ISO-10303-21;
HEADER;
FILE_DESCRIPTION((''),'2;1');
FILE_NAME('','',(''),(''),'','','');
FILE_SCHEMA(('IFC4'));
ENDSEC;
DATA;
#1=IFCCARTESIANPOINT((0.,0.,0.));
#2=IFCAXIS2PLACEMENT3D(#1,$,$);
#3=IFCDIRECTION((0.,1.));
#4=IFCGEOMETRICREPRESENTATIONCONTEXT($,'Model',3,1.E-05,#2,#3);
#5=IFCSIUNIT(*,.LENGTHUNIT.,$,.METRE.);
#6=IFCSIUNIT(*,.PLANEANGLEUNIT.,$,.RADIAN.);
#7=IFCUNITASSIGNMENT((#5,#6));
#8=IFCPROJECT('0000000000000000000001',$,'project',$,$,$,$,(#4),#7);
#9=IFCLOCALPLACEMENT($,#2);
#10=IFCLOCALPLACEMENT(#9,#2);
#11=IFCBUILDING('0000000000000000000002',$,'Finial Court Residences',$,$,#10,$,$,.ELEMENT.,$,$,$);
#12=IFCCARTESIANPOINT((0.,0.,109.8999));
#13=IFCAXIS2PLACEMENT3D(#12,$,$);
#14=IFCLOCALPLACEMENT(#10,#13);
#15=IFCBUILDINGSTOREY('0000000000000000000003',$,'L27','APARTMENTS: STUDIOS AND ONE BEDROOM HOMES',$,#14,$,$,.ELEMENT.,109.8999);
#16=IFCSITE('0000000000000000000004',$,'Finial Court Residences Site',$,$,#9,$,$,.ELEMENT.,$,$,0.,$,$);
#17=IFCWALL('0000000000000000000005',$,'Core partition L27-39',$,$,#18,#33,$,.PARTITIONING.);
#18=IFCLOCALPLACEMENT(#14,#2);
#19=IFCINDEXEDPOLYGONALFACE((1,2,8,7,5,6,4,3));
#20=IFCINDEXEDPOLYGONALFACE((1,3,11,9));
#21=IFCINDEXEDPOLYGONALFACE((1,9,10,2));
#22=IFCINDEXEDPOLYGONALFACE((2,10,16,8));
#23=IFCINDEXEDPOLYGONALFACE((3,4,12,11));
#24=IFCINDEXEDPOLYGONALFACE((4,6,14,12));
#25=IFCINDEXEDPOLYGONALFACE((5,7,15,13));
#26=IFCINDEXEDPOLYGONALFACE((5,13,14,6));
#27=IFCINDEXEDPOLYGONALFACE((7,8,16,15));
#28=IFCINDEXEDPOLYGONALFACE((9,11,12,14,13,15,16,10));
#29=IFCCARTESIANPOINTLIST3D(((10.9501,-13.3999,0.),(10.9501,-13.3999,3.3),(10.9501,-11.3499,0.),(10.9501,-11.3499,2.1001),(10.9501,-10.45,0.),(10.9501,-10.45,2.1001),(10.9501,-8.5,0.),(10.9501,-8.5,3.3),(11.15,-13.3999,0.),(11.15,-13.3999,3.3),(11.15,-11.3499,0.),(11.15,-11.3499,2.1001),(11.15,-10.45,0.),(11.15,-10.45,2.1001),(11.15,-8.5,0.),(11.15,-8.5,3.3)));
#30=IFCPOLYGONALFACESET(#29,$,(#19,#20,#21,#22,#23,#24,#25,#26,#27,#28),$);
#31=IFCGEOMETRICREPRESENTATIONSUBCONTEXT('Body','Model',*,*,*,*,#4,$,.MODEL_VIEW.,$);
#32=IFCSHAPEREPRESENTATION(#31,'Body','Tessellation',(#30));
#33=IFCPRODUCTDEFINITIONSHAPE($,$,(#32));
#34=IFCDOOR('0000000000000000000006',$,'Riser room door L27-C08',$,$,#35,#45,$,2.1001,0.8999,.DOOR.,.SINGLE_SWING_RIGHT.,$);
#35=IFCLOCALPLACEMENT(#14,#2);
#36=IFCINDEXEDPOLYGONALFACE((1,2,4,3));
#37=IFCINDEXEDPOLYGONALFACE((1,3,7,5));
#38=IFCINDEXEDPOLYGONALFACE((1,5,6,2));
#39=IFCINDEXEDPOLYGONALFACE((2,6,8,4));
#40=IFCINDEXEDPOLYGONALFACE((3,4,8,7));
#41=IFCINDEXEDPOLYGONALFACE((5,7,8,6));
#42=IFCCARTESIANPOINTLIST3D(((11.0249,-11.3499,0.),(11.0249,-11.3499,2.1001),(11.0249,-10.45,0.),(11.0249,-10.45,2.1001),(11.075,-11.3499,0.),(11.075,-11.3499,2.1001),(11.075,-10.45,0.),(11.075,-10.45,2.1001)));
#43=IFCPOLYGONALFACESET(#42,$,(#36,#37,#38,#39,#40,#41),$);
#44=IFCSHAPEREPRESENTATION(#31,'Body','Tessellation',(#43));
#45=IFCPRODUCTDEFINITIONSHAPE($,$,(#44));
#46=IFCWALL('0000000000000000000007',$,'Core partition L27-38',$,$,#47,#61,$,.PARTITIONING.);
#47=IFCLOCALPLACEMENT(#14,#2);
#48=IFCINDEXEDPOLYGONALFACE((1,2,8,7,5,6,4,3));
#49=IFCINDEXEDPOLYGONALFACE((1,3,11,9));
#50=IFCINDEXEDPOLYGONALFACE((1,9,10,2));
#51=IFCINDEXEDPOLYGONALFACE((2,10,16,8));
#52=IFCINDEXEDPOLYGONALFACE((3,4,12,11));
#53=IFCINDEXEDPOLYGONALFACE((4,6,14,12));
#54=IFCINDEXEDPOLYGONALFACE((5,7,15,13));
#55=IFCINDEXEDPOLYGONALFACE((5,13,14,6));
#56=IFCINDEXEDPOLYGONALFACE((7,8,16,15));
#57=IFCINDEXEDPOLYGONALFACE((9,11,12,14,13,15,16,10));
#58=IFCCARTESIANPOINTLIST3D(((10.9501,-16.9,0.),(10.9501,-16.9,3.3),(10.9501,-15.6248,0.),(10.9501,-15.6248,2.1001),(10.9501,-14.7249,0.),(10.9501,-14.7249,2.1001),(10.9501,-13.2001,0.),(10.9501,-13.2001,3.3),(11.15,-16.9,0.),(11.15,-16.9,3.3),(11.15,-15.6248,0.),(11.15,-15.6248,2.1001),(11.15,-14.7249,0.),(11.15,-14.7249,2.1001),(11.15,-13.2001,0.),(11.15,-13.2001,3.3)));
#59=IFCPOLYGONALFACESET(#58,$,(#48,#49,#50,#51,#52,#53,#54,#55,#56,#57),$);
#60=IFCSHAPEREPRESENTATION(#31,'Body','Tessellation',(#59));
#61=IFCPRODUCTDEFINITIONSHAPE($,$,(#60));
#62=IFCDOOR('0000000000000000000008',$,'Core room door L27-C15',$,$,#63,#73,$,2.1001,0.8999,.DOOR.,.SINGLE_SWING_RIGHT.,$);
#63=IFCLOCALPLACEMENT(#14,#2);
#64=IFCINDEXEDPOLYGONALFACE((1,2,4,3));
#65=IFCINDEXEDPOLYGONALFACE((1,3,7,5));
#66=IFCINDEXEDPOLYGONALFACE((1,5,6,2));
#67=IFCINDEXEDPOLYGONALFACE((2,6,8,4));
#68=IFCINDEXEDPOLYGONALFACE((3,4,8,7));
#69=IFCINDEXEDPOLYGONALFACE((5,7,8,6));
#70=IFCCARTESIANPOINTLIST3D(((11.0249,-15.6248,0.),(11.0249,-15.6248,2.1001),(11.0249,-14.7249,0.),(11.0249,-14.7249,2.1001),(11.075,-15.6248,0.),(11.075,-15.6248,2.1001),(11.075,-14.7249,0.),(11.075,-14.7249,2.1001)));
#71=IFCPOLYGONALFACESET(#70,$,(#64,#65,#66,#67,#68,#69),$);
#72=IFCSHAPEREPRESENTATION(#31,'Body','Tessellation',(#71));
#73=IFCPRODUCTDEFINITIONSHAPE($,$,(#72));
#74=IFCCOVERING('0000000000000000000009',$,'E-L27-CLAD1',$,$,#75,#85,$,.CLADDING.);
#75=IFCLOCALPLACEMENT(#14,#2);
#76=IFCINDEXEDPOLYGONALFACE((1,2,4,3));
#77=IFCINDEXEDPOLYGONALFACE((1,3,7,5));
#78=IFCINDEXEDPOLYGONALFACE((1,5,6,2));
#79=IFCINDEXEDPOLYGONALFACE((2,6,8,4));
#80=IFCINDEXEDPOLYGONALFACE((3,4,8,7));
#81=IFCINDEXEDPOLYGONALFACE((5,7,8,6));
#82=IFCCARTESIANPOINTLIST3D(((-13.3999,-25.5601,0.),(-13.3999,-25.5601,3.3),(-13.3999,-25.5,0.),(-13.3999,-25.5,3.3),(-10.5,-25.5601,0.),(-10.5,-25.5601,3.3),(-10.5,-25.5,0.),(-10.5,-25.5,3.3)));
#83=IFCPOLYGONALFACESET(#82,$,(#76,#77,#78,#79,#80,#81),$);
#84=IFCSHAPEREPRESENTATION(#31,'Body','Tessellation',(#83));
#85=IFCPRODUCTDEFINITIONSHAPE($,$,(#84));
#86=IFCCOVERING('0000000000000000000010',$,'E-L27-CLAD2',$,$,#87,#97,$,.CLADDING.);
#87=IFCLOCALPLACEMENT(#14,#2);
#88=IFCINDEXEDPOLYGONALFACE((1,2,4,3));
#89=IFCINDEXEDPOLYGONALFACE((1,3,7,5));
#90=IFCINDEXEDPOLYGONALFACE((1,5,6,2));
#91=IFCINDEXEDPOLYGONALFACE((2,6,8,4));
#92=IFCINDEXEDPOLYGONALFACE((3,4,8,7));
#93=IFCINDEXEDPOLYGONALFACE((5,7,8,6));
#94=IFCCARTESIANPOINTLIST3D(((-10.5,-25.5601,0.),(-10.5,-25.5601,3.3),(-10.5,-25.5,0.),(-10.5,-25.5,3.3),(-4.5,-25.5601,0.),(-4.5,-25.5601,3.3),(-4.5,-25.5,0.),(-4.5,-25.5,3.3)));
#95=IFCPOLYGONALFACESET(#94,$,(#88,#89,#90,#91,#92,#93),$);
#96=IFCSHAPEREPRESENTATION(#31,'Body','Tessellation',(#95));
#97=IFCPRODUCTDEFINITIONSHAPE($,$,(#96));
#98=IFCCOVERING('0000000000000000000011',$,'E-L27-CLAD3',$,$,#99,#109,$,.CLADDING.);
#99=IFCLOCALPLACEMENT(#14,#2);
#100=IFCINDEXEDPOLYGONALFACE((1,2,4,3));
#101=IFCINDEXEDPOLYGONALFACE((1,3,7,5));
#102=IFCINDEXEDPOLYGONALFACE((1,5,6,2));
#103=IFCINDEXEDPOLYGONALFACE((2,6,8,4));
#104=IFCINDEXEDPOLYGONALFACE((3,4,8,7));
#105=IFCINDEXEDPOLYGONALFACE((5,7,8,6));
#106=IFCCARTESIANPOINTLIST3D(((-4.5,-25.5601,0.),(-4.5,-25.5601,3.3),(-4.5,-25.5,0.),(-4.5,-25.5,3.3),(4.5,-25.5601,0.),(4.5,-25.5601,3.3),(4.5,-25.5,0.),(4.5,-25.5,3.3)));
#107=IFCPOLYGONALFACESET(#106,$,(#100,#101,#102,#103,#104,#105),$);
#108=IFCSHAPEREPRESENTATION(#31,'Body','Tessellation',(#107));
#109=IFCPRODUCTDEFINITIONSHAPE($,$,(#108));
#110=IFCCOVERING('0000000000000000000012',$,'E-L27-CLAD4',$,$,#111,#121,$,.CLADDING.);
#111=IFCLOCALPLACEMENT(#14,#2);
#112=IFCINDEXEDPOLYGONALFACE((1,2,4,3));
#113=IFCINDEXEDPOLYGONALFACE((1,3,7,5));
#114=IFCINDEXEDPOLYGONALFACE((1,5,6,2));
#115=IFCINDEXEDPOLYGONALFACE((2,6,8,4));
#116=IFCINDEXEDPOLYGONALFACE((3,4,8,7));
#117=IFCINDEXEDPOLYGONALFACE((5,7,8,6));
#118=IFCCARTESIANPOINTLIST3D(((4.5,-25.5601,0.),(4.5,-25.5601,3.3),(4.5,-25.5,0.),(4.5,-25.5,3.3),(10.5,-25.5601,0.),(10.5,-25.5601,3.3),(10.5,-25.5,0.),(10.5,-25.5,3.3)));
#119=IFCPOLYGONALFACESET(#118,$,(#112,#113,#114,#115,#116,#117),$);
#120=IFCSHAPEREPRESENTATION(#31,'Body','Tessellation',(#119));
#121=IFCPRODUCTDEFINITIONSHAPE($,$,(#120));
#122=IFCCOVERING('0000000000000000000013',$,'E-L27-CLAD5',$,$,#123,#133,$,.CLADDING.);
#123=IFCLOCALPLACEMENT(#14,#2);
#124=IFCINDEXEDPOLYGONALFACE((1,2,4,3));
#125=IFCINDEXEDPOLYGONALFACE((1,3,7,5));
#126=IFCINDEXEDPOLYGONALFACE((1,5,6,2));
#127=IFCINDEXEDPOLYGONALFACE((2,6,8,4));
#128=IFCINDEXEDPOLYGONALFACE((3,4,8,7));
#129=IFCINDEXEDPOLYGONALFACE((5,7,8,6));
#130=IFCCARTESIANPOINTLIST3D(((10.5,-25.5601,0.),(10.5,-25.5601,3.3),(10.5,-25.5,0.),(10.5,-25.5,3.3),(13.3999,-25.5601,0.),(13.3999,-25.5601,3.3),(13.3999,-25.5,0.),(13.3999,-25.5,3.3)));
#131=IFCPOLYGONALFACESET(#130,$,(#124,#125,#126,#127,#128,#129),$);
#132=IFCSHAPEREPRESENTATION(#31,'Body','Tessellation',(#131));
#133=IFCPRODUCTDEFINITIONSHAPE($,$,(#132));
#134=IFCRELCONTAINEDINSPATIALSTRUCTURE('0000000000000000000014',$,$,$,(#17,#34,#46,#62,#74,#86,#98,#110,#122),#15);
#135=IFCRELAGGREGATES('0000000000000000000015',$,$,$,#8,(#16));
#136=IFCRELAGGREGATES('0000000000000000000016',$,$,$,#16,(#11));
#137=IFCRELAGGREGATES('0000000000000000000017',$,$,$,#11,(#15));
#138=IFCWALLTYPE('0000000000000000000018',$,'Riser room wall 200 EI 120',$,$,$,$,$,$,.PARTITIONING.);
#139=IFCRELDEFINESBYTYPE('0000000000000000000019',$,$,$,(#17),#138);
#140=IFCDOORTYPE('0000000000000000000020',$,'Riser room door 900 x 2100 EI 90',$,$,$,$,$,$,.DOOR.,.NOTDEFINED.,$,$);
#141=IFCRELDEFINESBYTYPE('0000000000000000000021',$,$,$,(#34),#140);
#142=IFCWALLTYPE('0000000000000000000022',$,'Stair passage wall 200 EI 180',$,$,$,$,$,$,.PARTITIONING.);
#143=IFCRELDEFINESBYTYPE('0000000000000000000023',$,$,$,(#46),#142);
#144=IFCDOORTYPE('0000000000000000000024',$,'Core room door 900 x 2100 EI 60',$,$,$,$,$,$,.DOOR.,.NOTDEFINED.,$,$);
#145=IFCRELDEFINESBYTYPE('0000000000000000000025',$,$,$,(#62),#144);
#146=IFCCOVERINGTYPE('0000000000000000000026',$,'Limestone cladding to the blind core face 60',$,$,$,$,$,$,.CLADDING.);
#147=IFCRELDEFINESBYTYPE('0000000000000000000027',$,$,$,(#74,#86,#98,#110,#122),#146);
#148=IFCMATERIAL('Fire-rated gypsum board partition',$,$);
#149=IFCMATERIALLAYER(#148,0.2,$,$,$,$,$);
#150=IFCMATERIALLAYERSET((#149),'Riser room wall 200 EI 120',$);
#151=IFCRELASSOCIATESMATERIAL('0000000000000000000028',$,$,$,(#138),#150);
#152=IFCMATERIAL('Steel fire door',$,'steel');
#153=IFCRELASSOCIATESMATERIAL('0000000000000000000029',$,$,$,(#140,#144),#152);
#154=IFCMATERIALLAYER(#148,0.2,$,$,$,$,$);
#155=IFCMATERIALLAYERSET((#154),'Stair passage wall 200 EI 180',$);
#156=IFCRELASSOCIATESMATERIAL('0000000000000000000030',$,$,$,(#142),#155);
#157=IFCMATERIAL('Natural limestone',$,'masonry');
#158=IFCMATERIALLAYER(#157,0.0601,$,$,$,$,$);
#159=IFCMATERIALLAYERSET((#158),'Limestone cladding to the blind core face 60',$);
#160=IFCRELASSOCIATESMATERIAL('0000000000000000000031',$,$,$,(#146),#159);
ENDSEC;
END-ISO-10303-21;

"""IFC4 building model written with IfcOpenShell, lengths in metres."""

from ifc_helpers import new_model, si_unit, direction, frame, frame_2d, origin, place, context, subcontext, project, spatial, polyline, rectangle, outline, extrude, material, layer, layer_set, type_object, element, fill, save


model = new_model("IFC4")

# Units and contexts
model_context = context("Model", 3, precision=1e-05, world=origin(), true_north=direction((0.0, 1.0)))
body_context = subcontext(model_context, "Body", "Model", "MODEL_VIEW")
ifc_project = project(units=[si_unit("LENGTHUNIT", "METRE"), si_unit("PLANEANGLEUNIT", "RADIAN")], contexts=[model_context])

# Site, building, storey
site_placement = place(None, origin())
site = spatial("IfcSite", under=ifc_project, at=site_placement, Name="Finial Court Residences Site", CompositionType="ELEMENT", RefElevation=0.0)
building_placement = place(site_placement, origin())
building = spatial("IfcBuilding", under=site, at=building_placement, Name="Finial Court Residences", CompositionType="ELEMENT")
storey_placement = place(building_placement, frame((0.0, 0.0, 109.8999)))
storey = spatial("IfcBuildingStorey", under=building, at=storey_placement, Name="L27", Description="APARTMENTS: STUDIOS AND ONE BEDROOM HOMES", CompositionType="ELEMENT", Elevation=109.8999)

# Shared definitions
ifc_material_1 = material(Name="Fire-rated gypsum board partition")
ifc_material_2 = material(Name="Steel fire door", Category="steel")

# Shared definitions
ifc_layer_1 = layer(ifc_material_1, 0.2)
ifc_layer_set_1 = layer_set([ifc_layer_1], Name="Riser room wall 200 EI 120")
wall_type_1 = type_object("IfcWallType", Name="Riser room wall 200 EI 120", PredefinedType="PARTITIONING", material=ifc_layer_set_1)

# Walls, openings, doors
wall_1_placement = place(storey_placement, frame((11.05, -8.5, 0.0), z_axis=(0.0, 0.0, 1.0), x_axis=(0.0, -1.0, 0.0)))
wall_1 = element("IfcWall", 1, at=wall_1_placement, inside=storey, type_object=wall_type_1, Name="Core partition L27-39", PredefinedType="PARTITIONING", context=body_context, shape_type="SweptSolid", body=[
    extrude(rectangle(XDim=4.8999, YDim=0.2, at=frame_2d((2.45, 0.0))), origin(), (0.0, 0.0, 1.0), 3.3),
])
opening_1_placement = place(wall_1_placement, frame((1.95, 0.0, 0.0)))
opening_1 = element("IfcOpeningElement", 2, at=opening_1_placement, cuts=wall_1, PredefinedType="OPENING", context=body_context, shape_type="SweptSolid", body=[
    extrude(rectangle(XDim=0.8999, YDim=2.1001, at=frame_2d((0.45, 1.05))), frame((0.0, 0.1099, 0.0), z_axis=(0.0, -1.0, 0.0), x_axis=(1.0, 0.0, 0.0)), (0.0, 0.0, 1.0), 0.22),
])
door_type_1 = type_object("IfcDoorType", Name="Riser room door 900 x 2100 EI 90", OperationType="NOTDEFINED", PredefinedType="DOOR", material=ifc_material_2)
door_1_placement = place(opening_1_placement, origin())
door_1 = element("IfcDoor", 3, at=door_1_placement, inside=storey, type_object=door_type_1, Name="Riser room door L27-C08", OperationType="SINGLE_SWING_RIGHT", OverallHeight=2.1001, OverallWidth=0.8999, PredefinedType="DOOR", context=body_context, shape_type="SweptSolid", body=[
    extrude(rectangle(XDim=0.8999, YDim=2.1001, at=frame_2d((0.45, 1.05))), frame((0.0, 0.0249, 0.0), z_axis=(0.0, -1.0, 0.0), x_axis=(1.0, 0.0, 0.0)), (0.0, 0.0, 1.0), 0.05),
])
fill(opening_1, door_1)
ifc_layer_2 = layer(ifc_material_1, 0.2)
ifc_layer_set_2 = layer_set([ifc_layer_2], Name="Stair passage wall 200 EI 180")
wall_type_2 = type_object("IfcWallType", Name="Stair passage wall 200 EI 180", PredefinedType="PARTITIONING", material=ifc_layer_set_2)
wall_2_placement = place(storey_placement, frame((11.05, -13.2, 0.0), z_axis=(0.0, 0.0, 1.0), x_axis=(0.0, -1.0, 0.0)))
wall_2 = element("IfcWall", 4, at=wall_2_placement, inside=storey, type_object=wall_type_2, Name="Core partition L27-38", PredefinedType="PARTITIONING", context=body_context, shape_type="SweptSolid", body=[
    extrude(rectangle(XDim=3.7, YDim=0.2, at=frame_2d((1.8501, 0.0))), origin(), (0.0, 0.0, 1.0), 3.3),
])
opening_2_placement = place(wall_2_placement, frame((1.5249, 0.0, 0.0)))
opening_2 = element("IfcOpeningElement", 5, at=opening_2_placement, cuts=wall_2, PredefinedType="OPENING", context=body_context, shape_type="SweptSolid", body=[
    extrude(rectangle(XDim=0.8999, YDim=2.1001, at=frame_2d((0.45, 1.05))), frame((0.0, 0.1099, 0.0), z_axis=(0.0, -1.0, 0.0), x_axis=(1.0, 0.0, 0.0)), (0.0, 0.0, 1.0), 0.22),
])
door_type_2 = type_object("IfcDoorType", Name="Core room door 900 x 2100 EI 60", OperationType="NOTDEFINED", PredefinedType="DOOR", material=ifc_material_2)
door_2_placement = place(opening_2_placement, origin())
door_2 = element("IfcDoor", 6, at=door_2_placement, inside=storey, type_object=door_type_2, Name="Core room door L27-C15", OperationType="SINGLE_SWING_RIGHT", OverallHeight=2.1001, OverallWidth=0.8999, PredefinedType="DOOR", context=body_context, shape_type="SweptSolid", body=[
    extrude(rectangle(XDim=0.8999, YDim=2.1001, at=frame_2d((0.45, 1.05))), frame((0.0, 0.0249, 0.0), z_axis=(0.0, -1.0, 0.0), x_axis=(1.0, 0.0, 0.0)), (0.0, 0.0, 1.0), 0.05),
])
fill(opening_2, door_2)

# Coverings
ifc_material_3 = material(Name="Natural limestone", Category="masonry")
ifc_layer_3 = layer(ifc_material_3, 0.0601)
ifc_layer_set_3 = layer_set([ifc_layer_3], Name="Limestone cladding to the blind core face 60")
covering_type = type_object("IfcCoveringType", Name="Limestone cladding to the blind core face 60", PredefinedType="CLADDING", material=ifc_layer_set_3)
covering_1_placement = place(storey_placement, origin())
element("IfcCovering", 7, at=covering_1_placement, inside=storey, type_object=covering_type, Name="E-L27-CLAD1", PredefinedType="CLADDING", context=body_context, shape_type="SweptSolid", body=[
    extrude(outline(polyline([(-10.5, -25.5601), (-10.5, -25.5), (-13.3999, -25.5), (-13.3999, -25.5601), (-10.5, -25.5601)])), origin(), (0.0, 0.0, 1.0), 3.3),
])
covering_2_placement = place(storey_placement, origin())
element("IfcCovering", 8, at=covering_2_placement, inside=storey, type_object=covering_type, Name="E-L27-CLAD2", PredefinedType="CLADDING", context=body_context, shape_type="SweptSolid", body=[
    extrude(outline(polyline([(-4.5, -25.5601), (-4.5, -25.5), (-10.5, -25.5), (-10.5, -25.5601), (-4.5, -25.5601)])), origin(), (0.0, 0.0, 1.0), 3.3),
])
covering_3_placement = place(storey_placement, origin())
element("IfcCovering", 9, at=covering_3_placement, inside=storey, type_object=covering_type, Name="E-L27-CLAD3", PredefinedType="CLADDING", context=body_context, shape_type="SweptSolid", body=[
    extrude(outline(polyline([(4.5, -25.5601), (4.5, -25.5), (-4.5, -25.5), (-4.5, -25.5601), (4.5, -25.5601)])), origin(), (0.0, 0.0, 1.0), 3.3),
])
covering_4_placement = place(storey_placement, origin())
element("IfcCovering", 10, at=covering_4_placement, inside=storey, type_object=covering_type, Name="E-L27-CLAD4", PredefinedType="CLADDING", context=body_context, shape_type="SweptSolid", body=[
    extrude(outline(polyline([(10.5, -25.5601), (10.5, -25.5), (4.5, -25.5), (4.5, -25.5601), (10.5, -25.5601)])), origin(), (0.0, 0.0, 1.0), 3.3),
])
covering_5_placement = place(storey_placement, origin())
element("IfcCovering", 11, at=covering_5_placement, inside=storey, type_object=covering_type, Name="E-L27-CLAD5", PredefinedType="CLADDING", context=body_context, shape_type="SweptSolid", body=[
    extrude(outline(polyline([(13.3999, -25.5601), (13.3999, -25.5), (10.5, -25.5), (10.5, -25.5601), (13.3999, -25.5601)])), origin(), (0.0, 0.0, 1.0), 3.3),
])

save(model, "model.ifc")
